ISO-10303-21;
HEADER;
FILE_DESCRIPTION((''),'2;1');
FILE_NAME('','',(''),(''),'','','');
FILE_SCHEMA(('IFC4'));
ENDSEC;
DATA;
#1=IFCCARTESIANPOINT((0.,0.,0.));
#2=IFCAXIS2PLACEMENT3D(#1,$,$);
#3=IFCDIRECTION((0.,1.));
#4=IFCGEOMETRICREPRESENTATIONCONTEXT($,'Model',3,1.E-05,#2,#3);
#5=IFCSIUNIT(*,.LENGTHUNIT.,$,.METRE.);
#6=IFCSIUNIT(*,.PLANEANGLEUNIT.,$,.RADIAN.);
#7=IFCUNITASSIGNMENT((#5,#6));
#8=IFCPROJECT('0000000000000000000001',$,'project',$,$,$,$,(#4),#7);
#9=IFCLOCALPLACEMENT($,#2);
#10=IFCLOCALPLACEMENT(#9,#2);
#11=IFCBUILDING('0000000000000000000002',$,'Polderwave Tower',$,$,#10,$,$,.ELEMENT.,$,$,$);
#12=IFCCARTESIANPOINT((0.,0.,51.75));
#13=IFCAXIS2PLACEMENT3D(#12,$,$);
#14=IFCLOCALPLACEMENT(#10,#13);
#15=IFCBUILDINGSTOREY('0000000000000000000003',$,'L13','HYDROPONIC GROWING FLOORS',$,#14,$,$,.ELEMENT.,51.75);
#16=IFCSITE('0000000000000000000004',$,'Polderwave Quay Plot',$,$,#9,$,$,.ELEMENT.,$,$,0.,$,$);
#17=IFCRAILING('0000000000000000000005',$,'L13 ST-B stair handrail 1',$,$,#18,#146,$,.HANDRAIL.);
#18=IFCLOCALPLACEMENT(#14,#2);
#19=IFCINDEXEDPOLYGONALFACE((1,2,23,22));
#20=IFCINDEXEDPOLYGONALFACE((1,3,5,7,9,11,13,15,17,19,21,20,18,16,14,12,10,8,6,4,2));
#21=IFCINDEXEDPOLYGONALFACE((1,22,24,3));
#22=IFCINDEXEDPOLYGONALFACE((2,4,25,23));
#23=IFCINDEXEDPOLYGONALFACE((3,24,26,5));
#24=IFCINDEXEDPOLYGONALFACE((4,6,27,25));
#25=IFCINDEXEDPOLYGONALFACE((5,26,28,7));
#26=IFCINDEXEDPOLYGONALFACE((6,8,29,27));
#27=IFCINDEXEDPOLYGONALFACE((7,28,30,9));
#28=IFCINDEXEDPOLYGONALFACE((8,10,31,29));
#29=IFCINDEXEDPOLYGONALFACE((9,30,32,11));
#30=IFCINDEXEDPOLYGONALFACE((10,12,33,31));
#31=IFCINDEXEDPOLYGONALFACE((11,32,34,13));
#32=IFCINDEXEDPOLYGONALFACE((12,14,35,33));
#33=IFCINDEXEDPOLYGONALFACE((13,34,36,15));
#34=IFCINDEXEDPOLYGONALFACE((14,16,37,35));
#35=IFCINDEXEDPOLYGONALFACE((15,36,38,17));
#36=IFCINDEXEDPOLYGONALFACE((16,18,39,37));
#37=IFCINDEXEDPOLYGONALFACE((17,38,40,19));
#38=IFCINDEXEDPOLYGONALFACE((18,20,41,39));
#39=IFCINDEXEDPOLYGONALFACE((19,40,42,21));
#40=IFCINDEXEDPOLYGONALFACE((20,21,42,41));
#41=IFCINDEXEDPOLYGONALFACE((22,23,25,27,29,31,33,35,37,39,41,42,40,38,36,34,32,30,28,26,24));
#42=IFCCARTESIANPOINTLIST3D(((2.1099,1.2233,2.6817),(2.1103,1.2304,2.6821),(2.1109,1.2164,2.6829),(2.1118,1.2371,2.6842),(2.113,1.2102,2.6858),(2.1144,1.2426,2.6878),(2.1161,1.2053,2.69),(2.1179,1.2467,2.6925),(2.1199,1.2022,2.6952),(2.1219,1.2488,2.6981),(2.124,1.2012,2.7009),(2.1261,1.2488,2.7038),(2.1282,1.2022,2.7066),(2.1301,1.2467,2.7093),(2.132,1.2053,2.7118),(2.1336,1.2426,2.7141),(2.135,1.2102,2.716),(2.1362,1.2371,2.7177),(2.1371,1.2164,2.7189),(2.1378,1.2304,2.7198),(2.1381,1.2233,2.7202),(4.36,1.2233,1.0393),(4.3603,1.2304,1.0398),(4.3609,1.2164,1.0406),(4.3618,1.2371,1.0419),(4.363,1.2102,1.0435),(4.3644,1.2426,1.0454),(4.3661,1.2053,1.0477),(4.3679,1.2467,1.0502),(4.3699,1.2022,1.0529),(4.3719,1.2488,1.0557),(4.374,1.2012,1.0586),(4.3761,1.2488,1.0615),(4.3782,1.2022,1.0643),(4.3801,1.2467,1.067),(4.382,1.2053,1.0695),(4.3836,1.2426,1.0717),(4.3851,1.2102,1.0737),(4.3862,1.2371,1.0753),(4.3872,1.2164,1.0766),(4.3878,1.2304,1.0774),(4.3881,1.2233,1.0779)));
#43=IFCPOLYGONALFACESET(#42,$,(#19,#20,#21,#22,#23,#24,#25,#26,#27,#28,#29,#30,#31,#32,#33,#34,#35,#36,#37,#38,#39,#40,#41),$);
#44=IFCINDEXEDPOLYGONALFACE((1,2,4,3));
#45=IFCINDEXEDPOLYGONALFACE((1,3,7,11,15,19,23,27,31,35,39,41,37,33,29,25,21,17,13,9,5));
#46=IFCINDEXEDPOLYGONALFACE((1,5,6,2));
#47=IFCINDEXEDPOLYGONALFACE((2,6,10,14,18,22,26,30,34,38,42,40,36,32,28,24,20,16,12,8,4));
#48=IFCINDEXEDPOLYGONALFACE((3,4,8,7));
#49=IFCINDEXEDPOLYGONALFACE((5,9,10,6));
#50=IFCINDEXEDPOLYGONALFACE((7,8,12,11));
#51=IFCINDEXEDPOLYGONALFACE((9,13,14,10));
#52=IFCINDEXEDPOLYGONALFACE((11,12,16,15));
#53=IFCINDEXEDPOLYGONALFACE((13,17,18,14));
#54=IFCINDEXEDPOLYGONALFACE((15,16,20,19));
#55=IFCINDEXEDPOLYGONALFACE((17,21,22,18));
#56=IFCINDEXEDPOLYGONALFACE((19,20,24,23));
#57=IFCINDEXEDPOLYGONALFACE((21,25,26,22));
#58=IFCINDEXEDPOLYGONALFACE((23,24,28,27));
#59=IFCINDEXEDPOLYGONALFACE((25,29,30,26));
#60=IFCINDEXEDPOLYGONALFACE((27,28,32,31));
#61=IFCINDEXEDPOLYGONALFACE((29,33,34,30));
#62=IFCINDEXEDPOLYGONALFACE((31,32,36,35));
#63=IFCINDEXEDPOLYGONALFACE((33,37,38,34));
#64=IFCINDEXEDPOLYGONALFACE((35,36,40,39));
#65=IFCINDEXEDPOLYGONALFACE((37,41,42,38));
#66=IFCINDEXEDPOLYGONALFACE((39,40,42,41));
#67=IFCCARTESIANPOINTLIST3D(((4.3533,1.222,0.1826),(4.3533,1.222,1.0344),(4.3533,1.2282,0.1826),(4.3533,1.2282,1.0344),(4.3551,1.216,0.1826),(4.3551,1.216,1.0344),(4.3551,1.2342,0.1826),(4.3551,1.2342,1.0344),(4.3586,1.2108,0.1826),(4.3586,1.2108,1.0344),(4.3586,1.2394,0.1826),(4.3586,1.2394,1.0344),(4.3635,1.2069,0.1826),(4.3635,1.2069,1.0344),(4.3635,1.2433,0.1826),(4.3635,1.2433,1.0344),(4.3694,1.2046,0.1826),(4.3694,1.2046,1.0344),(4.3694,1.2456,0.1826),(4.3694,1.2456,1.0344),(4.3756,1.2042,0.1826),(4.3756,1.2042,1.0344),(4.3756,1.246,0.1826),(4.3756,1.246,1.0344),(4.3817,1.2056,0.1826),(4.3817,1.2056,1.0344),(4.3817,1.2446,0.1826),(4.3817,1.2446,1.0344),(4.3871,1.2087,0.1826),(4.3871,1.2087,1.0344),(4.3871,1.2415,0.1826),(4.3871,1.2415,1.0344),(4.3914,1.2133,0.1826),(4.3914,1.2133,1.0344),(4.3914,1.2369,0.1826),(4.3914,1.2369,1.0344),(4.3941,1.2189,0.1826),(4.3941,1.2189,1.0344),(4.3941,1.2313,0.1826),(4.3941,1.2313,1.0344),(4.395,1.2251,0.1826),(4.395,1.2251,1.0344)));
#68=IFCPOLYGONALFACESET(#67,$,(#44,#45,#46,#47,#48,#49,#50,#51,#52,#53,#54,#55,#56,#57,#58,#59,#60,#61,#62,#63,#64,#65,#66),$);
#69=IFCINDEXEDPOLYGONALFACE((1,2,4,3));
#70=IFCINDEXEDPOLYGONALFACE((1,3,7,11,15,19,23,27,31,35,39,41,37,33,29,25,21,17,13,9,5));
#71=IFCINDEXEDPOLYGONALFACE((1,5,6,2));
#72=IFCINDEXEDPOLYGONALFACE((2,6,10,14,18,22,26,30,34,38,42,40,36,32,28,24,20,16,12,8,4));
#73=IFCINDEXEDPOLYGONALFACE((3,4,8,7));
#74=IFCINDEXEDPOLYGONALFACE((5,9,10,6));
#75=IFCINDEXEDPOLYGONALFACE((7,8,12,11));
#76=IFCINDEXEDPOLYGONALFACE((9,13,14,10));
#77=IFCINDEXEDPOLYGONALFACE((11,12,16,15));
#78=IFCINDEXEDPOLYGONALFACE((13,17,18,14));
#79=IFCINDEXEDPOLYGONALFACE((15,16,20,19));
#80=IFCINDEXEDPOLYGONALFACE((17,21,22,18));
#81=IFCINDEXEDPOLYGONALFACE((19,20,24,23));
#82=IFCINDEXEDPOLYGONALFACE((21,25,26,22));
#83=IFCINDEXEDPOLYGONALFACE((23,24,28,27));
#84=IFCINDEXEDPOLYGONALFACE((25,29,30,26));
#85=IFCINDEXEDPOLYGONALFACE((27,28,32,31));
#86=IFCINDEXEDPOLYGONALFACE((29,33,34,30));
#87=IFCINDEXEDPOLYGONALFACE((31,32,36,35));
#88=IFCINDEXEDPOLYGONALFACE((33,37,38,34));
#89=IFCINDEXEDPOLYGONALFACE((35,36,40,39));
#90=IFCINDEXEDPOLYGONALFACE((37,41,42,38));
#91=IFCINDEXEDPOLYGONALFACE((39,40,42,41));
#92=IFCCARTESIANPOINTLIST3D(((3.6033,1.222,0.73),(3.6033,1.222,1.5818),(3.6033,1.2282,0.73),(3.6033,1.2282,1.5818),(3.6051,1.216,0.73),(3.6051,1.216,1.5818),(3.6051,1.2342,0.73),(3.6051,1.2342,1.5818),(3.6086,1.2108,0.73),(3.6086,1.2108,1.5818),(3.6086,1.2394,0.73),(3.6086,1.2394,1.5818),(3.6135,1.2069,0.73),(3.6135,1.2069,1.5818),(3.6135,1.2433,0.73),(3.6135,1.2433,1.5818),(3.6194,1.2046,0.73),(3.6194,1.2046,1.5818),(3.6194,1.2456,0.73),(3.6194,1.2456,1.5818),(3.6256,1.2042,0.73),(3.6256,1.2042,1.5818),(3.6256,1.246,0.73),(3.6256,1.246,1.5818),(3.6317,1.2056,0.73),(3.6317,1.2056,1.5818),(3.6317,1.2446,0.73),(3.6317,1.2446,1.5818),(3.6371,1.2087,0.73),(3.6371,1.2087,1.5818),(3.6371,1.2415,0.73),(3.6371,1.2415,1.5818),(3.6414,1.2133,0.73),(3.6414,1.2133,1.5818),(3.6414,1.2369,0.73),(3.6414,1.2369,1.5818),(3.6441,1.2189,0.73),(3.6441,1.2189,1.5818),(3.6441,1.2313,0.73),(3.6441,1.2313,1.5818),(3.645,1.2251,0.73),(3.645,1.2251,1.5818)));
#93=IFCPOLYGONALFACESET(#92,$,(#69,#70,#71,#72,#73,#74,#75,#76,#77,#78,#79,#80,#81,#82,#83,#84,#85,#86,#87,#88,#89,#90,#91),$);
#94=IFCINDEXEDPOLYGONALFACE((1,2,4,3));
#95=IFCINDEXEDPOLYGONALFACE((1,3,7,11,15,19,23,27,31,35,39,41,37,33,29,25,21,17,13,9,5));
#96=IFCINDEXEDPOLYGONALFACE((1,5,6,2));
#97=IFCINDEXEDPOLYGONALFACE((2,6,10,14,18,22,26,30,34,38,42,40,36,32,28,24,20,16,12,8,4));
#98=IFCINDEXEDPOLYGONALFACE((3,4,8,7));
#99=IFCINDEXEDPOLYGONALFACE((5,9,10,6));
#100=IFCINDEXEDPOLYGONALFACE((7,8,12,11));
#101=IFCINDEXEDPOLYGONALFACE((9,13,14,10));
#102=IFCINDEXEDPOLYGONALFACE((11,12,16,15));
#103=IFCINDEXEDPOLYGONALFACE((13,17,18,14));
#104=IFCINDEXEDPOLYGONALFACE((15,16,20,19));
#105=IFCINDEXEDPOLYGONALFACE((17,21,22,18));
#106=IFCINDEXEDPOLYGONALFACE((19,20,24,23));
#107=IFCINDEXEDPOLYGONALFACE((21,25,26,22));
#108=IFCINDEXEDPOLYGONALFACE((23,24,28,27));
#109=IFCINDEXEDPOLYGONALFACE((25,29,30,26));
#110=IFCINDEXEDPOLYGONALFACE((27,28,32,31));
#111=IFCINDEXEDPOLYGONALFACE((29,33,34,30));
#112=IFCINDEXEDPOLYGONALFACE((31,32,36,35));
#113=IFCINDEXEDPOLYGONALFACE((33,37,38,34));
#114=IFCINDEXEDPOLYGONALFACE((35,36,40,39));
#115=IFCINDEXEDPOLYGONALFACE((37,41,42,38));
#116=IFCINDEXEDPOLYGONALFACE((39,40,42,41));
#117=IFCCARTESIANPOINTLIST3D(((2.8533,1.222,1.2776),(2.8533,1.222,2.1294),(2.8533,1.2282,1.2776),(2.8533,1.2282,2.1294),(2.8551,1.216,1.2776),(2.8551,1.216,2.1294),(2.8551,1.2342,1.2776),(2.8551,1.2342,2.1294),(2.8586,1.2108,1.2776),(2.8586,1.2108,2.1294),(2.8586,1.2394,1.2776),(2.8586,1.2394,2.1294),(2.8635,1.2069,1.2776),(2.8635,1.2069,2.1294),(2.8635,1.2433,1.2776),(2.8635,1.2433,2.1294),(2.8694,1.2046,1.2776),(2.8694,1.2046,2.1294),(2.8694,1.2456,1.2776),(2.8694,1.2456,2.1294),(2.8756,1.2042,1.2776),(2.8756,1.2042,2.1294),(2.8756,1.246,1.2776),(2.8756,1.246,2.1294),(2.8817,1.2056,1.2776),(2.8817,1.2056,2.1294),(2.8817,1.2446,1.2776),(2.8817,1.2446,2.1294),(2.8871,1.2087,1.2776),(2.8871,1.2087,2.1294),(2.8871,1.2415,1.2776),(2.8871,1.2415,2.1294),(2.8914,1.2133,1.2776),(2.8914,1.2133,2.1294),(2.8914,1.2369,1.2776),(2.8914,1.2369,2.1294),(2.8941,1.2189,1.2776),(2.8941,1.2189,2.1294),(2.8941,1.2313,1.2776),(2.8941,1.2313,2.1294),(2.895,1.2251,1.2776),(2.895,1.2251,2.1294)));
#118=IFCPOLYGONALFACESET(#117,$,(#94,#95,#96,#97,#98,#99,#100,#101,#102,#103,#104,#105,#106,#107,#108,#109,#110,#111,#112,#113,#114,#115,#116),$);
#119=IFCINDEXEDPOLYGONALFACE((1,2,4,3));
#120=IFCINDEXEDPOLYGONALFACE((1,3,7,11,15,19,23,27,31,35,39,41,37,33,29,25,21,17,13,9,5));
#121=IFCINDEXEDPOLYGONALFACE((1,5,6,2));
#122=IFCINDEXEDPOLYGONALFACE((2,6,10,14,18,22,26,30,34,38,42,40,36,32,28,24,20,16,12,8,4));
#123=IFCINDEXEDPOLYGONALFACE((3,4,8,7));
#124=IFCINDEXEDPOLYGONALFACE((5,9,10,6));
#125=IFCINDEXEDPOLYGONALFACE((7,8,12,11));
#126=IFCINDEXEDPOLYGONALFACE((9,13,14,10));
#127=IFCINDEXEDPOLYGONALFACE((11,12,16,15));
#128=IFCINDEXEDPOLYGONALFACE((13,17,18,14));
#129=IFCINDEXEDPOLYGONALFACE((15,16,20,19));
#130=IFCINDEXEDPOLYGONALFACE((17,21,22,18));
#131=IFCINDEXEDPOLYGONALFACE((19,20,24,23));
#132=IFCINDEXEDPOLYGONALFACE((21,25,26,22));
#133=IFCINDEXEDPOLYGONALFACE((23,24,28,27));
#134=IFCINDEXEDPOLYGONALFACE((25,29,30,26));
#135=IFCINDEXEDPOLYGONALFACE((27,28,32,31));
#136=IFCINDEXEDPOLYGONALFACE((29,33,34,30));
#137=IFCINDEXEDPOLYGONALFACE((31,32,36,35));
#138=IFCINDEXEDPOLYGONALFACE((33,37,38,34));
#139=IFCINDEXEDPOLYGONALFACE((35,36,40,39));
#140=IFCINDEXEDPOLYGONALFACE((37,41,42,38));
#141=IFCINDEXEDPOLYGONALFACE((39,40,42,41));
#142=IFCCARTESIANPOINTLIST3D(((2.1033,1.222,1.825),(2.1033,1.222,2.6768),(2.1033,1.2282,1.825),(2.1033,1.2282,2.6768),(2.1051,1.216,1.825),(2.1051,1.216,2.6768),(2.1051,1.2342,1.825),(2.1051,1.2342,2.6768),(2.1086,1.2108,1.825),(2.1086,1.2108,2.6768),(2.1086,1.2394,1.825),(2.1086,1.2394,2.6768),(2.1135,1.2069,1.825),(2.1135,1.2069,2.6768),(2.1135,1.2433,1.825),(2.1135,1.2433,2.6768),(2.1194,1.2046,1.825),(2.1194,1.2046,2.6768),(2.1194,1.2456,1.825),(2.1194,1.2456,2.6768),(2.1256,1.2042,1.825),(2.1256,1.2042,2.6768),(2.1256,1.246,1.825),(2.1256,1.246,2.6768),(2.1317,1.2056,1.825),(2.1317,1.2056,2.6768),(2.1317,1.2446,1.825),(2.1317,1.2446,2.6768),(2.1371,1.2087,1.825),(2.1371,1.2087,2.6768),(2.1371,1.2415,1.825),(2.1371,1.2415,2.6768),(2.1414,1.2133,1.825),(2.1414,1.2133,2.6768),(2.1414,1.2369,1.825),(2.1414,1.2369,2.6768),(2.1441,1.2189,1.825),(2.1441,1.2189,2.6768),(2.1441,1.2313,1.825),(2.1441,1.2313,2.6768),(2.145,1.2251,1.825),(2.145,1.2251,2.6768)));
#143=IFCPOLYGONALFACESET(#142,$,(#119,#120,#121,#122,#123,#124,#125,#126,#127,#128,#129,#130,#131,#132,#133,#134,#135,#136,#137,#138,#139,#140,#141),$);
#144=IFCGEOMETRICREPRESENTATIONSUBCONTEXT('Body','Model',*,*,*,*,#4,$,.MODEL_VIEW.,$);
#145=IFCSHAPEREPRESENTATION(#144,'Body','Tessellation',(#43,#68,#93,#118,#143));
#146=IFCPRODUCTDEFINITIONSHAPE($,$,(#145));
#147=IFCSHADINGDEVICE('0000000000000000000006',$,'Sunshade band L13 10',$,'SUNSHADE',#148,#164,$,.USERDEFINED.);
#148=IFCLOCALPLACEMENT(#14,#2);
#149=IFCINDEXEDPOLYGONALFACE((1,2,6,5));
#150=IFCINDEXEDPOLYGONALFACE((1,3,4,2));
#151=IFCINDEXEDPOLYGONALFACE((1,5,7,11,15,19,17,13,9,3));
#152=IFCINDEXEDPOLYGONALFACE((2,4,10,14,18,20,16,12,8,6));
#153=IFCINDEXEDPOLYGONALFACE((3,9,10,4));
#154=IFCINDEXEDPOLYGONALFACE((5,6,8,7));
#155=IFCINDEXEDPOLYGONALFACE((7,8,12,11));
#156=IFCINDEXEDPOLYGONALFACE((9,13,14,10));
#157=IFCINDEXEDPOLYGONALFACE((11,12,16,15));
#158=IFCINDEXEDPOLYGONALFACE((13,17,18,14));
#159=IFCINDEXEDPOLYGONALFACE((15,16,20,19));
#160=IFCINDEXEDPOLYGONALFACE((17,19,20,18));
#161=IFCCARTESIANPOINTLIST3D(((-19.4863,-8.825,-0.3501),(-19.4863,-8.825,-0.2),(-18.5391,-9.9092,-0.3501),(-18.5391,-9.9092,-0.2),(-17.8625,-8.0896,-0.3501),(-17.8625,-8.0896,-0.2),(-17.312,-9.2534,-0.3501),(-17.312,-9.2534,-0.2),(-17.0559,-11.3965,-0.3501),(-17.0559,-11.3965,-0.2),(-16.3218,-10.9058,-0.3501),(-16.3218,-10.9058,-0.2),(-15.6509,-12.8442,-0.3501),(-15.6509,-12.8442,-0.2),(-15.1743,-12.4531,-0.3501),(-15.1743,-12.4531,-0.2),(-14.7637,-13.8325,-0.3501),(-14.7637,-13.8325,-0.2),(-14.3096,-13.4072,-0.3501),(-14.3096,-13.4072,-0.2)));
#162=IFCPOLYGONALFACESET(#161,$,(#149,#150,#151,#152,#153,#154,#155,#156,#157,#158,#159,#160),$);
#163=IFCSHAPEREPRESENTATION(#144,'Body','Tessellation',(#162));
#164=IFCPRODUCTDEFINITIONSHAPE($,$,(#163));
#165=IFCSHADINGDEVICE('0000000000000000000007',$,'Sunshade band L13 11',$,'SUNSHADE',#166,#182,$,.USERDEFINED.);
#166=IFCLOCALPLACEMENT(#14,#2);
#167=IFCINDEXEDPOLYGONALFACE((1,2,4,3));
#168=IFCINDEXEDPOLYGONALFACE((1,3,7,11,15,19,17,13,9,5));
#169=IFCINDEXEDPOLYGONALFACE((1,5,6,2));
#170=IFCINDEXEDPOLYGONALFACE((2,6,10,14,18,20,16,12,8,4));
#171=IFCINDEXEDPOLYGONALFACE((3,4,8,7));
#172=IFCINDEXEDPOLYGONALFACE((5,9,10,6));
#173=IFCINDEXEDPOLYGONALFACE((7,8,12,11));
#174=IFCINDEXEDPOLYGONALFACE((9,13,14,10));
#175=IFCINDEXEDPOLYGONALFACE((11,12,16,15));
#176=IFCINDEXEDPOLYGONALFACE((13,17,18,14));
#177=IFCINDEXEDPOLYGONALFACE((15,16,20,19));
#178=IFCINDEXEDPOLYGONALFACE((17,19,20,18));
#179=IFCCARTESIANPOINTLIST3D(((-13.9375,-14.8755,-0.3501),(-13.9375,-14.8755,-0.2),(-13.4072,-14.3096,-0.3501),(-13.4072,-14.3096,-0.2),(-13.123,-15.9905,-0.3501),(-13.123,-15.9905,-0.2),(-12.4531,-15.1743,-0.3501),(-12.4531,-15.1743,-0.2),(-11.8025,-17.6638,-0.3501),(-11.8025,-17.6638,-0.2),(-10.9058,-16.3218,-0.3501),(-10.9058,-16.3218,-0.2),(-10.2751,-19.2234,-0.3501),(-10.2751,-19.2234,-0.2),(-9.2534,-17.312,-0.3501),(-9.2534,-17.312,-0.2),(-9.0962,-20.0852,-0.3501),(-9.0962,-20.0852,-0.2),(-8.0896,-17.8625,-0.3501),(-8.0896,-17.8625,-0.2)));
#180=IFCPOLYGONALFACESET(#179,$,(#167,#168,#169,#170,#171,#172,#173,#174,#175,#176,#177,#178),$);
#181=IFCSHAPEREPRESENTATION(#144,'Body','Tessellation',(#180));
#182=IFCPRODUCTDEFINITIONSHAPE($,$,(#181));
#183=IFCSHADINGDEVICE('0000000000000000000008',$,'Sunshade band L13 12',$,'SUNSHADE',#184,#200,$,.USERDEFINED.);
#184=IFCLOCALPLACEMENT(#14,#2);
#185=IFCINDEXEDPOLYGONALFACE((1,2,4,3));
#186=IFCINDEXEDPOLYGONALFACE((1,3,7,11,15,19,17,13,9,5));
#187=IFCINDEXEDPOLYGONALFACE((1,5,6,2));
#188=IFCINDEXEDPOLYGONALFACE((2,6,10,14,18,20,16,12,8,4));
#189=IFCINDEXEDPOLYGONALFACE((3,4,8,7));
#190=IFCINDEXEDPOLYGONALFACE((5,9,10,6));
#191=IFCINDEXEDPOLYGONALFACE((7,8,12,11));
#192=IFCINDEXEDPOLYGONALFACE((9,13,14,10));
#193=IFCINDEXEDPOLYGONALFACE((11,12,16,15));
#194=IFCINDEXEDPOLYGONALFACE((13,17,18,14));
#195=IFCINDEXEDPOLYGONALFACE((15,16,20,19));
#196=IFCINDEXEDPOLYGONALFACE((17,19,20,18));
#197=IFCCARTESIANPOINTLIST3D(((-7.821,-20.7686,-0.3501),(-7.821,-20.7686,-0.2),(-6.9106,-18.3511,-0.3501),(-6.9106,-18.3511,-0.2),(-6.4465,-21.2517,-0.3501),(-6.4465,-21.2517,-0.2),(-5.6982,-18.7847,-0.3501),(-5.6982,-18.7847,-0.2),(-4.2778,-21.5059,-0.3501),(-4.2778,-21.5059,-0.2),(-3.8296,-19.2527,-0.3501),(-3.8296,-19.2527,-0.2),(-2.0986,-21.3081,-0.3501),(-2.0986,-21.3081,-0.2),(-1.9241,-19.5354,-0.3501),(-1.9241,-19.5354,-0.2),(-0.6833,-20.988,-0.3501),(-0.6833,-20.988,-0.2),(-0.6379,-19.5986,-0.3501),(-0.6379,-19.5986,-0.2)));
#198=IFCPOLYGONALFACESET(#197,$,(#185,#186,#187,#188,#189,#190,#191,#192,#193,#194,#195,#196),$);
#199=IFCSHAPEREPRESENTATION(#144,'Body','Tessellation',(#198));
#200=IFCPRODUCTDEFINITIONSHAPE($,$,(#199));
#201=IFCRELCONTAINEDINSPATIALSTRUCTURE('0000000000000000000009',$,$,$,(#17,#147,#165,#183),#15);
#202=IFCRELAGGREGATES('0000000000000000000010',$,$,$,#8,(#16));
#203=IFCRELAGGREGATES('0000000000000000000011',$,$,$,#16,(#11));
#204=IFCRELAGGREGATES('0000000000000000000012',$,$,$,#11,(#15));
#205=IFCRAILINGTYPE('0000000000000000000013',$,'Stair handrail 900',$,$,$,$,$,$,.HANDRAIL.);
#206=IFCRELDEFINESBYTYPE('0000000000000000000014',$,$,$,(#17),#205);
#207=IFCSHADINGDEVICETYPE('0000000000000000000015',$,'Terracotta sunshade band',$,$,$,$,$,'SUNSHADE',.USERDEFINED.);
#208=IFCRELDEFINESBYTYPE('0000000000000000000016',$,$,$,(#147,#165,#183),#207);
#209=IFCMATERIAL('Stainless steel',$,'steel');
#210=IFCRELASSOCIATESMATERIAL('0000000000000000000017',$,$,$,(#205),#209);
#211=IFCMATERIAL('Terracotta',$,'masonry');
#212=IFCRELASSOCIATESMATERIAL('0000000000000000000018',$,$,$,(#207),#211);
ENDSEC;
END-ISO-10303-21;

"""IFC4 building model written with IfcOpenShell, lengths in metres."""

from ifc_helpers import new_model, si_unit, direction, frame, origin, origin_2d, place, context, subcontext, project, spatial, polyline, circle, outline, extrude, material, type_object, element, save


model = new_model("IFC4")

# Units and contexts
model_context = context("Model", 3, precision=1e-05, world=origin(), true_north=direction((0.0, 1.0)))
body_context = subcontext(model_context, "Body", "Model", "MODEL_VIEW")
ifc_project = project(units=[si_unit("LENGTHUNIT", "METRE"), si_unit("PLANEANGLEUNIT", "RADIAN")], contexts=[model_context])

# Site, building, storey
site_placement = place(None, origin())
site = spatial("IfcSite", under=ifc_project, at=site_placement, Name="Polderwave Quay Plot", CompositionType="ELEMENT", RefElevation=0.0)
building_placement = place(site_placement, origin())
building = spatial("IfcBuilding", under=site, at=building_placement, Name="Polderwave Tower", CompositionType="ELEMENT")
storey_placement = place(building_placement, frame((0.0, 0.0, 51.75)))
storey = spatial("IfcBuildingStorey", under=building, at=storey_placement, Name="L13", Description="HYDROPONIC GROWING FLOORS", CompositionType="ELEMENT", Elevation=51.75)

# Railing
ifc_material_1 = material(Name="Stainless steel", Category="steel")
railing_type_1 = type_object("IfcRailingType", Name="Stair handrail 900", PredefinedType="HANDRAIL", material=ifc_material_1)
railing_1_placement = place(storey_placement, frame((4.374, 1.2251, 0.1826)))
element("IfcRailing", 1, at=railing_1_placement, inside=storey, type_object=railing_type_1, Name="L13 ST-B stair handrail 1", PredefinedType="HANDRAIL", context=body_context, shape_type="SweptSolid", body=[
    extrude(circle(Radius=0.0239, at=origin_2d()), frame((0.0, 0.0, 0.876), z_axis=(-0.807715, 0.0, 0.589573), x_axis=(0.0, -1.0, 0.0)), (0.0, 0.0, 1.0), 2.7856),
    extrude(circle(Radius=0.021, at=origin_2d()), origin(), (0.0, 0.0, 1.0), 0.8518),
    extrude(circle(Radius=0.021, at=origin_2d()), frame((-0.75, 0.0, 0.5474)), (0.0, 0.0, 1.0), 0.8518),
    extrude(circle(Radius=0.021, at=origin_2d()), frame((-1.5, 0.0, 1.095)), (0.0, 0.0, 1.0), 0.8518),
    extrude(circle(Radius=0.021, at=origin_2d()), frame((-2.25, 0.0, 1.6423)), (0.0, 0.0, 1.0), 0.8518),
])

# Shading devices
ifc_material_2 = material(Name="Terracotta", Category="masonry")
shading_device_type = type_object("IfcShadingDeviceType", Name="Terracotta sunshade band", ElementType="SUNSHADE", PredefinedType="USERDEFINED", material=ifc_material_2)
shading_device_1_placement = place(storey_placement, frame((0.0, 0.0, -0.3501)))
element("IfcShadingDevice", 2, at=shading_device_1_placement, inside=storey, type_object=shading_device_type, Name="Sunshade band L13 10", ObjectType="SUNSHADE", PredefinedType="USERDEFINED", context=body_context, shape_type="SweptSolid", body=[
    extrude(outline(polyline([(-17.8625, -8.0896), (-17.312, -9.2534), (-16.3218, -10.9058), (-15.1743, -12.4531), (-14.3096, -13.4072), (-14.7637, -13.8325), (-15.6509, -12.8442), (-17.0559, -11.3965), (-18.5391, -9.9092), (-19.4863, -8.825), (-17.8625, -8.0896)])), origin(), (0.0, 0.0, 1.0), 0.1501),
])
shading_device_2_placement = place(storey_placement, frame((0.0, 0.0, -0.3501)))
element("IfcShadingDevice", 3, at=shading_device_2_placement, inside=storey, type_object=shading_device_type, Name="Sunshade band L13 11", ObjectType="SUNSHADE", PredefinedType="USERDEFINED", context=body_context, shape_type="SweptSolid", body=[
    extrude(outline(polyline([(-13.4072, -14.3096), (-12.4531, -15.1743), (-10.9058, -16.3218), (-9.2534, -17.312), (-8.0896, -17.8625), (-9.0962, -20.0852), (-10.2751, -19.2234), (-11.8025, -17.6638), (-13.123, -15.9905), (-13.9375, -14.8755), (-13.4072, -14.3096)])), origin(), (0.0, 0.0, 1.0), 0.1501),
])
shading_device_3_placement = place(storey_placement, frame((0.0, 0.0, -0.3501)))
element("IfcShadingDevice", 4, at=shading_device_3_placement, inside=storey, type_object=shading_device_type, Name="Sunshade band L13 12", ObjectType="SUNSHADE", PredefinedType="USERDEFINED", context=body_context, shape_type="SweptSolid", body=[
    extrude(outline(polyline([(-6.9106, -18.3511), (-5.6982, -18.7847), (-3.8296, -19.2527), (-1.9241, -19.5354), (-0.6379, -19.5986), (-0.6833, -20.988), (-2.0986, -21.3081), (-4.2778, -21.5059), (-6.4465, -21.2517), (-7.821, -20.7686), (-6.9106, -18.3511)])), origin(), (0.0, 0.0, 1.0), 0.1501),
])

save(model, "model.ifc")
